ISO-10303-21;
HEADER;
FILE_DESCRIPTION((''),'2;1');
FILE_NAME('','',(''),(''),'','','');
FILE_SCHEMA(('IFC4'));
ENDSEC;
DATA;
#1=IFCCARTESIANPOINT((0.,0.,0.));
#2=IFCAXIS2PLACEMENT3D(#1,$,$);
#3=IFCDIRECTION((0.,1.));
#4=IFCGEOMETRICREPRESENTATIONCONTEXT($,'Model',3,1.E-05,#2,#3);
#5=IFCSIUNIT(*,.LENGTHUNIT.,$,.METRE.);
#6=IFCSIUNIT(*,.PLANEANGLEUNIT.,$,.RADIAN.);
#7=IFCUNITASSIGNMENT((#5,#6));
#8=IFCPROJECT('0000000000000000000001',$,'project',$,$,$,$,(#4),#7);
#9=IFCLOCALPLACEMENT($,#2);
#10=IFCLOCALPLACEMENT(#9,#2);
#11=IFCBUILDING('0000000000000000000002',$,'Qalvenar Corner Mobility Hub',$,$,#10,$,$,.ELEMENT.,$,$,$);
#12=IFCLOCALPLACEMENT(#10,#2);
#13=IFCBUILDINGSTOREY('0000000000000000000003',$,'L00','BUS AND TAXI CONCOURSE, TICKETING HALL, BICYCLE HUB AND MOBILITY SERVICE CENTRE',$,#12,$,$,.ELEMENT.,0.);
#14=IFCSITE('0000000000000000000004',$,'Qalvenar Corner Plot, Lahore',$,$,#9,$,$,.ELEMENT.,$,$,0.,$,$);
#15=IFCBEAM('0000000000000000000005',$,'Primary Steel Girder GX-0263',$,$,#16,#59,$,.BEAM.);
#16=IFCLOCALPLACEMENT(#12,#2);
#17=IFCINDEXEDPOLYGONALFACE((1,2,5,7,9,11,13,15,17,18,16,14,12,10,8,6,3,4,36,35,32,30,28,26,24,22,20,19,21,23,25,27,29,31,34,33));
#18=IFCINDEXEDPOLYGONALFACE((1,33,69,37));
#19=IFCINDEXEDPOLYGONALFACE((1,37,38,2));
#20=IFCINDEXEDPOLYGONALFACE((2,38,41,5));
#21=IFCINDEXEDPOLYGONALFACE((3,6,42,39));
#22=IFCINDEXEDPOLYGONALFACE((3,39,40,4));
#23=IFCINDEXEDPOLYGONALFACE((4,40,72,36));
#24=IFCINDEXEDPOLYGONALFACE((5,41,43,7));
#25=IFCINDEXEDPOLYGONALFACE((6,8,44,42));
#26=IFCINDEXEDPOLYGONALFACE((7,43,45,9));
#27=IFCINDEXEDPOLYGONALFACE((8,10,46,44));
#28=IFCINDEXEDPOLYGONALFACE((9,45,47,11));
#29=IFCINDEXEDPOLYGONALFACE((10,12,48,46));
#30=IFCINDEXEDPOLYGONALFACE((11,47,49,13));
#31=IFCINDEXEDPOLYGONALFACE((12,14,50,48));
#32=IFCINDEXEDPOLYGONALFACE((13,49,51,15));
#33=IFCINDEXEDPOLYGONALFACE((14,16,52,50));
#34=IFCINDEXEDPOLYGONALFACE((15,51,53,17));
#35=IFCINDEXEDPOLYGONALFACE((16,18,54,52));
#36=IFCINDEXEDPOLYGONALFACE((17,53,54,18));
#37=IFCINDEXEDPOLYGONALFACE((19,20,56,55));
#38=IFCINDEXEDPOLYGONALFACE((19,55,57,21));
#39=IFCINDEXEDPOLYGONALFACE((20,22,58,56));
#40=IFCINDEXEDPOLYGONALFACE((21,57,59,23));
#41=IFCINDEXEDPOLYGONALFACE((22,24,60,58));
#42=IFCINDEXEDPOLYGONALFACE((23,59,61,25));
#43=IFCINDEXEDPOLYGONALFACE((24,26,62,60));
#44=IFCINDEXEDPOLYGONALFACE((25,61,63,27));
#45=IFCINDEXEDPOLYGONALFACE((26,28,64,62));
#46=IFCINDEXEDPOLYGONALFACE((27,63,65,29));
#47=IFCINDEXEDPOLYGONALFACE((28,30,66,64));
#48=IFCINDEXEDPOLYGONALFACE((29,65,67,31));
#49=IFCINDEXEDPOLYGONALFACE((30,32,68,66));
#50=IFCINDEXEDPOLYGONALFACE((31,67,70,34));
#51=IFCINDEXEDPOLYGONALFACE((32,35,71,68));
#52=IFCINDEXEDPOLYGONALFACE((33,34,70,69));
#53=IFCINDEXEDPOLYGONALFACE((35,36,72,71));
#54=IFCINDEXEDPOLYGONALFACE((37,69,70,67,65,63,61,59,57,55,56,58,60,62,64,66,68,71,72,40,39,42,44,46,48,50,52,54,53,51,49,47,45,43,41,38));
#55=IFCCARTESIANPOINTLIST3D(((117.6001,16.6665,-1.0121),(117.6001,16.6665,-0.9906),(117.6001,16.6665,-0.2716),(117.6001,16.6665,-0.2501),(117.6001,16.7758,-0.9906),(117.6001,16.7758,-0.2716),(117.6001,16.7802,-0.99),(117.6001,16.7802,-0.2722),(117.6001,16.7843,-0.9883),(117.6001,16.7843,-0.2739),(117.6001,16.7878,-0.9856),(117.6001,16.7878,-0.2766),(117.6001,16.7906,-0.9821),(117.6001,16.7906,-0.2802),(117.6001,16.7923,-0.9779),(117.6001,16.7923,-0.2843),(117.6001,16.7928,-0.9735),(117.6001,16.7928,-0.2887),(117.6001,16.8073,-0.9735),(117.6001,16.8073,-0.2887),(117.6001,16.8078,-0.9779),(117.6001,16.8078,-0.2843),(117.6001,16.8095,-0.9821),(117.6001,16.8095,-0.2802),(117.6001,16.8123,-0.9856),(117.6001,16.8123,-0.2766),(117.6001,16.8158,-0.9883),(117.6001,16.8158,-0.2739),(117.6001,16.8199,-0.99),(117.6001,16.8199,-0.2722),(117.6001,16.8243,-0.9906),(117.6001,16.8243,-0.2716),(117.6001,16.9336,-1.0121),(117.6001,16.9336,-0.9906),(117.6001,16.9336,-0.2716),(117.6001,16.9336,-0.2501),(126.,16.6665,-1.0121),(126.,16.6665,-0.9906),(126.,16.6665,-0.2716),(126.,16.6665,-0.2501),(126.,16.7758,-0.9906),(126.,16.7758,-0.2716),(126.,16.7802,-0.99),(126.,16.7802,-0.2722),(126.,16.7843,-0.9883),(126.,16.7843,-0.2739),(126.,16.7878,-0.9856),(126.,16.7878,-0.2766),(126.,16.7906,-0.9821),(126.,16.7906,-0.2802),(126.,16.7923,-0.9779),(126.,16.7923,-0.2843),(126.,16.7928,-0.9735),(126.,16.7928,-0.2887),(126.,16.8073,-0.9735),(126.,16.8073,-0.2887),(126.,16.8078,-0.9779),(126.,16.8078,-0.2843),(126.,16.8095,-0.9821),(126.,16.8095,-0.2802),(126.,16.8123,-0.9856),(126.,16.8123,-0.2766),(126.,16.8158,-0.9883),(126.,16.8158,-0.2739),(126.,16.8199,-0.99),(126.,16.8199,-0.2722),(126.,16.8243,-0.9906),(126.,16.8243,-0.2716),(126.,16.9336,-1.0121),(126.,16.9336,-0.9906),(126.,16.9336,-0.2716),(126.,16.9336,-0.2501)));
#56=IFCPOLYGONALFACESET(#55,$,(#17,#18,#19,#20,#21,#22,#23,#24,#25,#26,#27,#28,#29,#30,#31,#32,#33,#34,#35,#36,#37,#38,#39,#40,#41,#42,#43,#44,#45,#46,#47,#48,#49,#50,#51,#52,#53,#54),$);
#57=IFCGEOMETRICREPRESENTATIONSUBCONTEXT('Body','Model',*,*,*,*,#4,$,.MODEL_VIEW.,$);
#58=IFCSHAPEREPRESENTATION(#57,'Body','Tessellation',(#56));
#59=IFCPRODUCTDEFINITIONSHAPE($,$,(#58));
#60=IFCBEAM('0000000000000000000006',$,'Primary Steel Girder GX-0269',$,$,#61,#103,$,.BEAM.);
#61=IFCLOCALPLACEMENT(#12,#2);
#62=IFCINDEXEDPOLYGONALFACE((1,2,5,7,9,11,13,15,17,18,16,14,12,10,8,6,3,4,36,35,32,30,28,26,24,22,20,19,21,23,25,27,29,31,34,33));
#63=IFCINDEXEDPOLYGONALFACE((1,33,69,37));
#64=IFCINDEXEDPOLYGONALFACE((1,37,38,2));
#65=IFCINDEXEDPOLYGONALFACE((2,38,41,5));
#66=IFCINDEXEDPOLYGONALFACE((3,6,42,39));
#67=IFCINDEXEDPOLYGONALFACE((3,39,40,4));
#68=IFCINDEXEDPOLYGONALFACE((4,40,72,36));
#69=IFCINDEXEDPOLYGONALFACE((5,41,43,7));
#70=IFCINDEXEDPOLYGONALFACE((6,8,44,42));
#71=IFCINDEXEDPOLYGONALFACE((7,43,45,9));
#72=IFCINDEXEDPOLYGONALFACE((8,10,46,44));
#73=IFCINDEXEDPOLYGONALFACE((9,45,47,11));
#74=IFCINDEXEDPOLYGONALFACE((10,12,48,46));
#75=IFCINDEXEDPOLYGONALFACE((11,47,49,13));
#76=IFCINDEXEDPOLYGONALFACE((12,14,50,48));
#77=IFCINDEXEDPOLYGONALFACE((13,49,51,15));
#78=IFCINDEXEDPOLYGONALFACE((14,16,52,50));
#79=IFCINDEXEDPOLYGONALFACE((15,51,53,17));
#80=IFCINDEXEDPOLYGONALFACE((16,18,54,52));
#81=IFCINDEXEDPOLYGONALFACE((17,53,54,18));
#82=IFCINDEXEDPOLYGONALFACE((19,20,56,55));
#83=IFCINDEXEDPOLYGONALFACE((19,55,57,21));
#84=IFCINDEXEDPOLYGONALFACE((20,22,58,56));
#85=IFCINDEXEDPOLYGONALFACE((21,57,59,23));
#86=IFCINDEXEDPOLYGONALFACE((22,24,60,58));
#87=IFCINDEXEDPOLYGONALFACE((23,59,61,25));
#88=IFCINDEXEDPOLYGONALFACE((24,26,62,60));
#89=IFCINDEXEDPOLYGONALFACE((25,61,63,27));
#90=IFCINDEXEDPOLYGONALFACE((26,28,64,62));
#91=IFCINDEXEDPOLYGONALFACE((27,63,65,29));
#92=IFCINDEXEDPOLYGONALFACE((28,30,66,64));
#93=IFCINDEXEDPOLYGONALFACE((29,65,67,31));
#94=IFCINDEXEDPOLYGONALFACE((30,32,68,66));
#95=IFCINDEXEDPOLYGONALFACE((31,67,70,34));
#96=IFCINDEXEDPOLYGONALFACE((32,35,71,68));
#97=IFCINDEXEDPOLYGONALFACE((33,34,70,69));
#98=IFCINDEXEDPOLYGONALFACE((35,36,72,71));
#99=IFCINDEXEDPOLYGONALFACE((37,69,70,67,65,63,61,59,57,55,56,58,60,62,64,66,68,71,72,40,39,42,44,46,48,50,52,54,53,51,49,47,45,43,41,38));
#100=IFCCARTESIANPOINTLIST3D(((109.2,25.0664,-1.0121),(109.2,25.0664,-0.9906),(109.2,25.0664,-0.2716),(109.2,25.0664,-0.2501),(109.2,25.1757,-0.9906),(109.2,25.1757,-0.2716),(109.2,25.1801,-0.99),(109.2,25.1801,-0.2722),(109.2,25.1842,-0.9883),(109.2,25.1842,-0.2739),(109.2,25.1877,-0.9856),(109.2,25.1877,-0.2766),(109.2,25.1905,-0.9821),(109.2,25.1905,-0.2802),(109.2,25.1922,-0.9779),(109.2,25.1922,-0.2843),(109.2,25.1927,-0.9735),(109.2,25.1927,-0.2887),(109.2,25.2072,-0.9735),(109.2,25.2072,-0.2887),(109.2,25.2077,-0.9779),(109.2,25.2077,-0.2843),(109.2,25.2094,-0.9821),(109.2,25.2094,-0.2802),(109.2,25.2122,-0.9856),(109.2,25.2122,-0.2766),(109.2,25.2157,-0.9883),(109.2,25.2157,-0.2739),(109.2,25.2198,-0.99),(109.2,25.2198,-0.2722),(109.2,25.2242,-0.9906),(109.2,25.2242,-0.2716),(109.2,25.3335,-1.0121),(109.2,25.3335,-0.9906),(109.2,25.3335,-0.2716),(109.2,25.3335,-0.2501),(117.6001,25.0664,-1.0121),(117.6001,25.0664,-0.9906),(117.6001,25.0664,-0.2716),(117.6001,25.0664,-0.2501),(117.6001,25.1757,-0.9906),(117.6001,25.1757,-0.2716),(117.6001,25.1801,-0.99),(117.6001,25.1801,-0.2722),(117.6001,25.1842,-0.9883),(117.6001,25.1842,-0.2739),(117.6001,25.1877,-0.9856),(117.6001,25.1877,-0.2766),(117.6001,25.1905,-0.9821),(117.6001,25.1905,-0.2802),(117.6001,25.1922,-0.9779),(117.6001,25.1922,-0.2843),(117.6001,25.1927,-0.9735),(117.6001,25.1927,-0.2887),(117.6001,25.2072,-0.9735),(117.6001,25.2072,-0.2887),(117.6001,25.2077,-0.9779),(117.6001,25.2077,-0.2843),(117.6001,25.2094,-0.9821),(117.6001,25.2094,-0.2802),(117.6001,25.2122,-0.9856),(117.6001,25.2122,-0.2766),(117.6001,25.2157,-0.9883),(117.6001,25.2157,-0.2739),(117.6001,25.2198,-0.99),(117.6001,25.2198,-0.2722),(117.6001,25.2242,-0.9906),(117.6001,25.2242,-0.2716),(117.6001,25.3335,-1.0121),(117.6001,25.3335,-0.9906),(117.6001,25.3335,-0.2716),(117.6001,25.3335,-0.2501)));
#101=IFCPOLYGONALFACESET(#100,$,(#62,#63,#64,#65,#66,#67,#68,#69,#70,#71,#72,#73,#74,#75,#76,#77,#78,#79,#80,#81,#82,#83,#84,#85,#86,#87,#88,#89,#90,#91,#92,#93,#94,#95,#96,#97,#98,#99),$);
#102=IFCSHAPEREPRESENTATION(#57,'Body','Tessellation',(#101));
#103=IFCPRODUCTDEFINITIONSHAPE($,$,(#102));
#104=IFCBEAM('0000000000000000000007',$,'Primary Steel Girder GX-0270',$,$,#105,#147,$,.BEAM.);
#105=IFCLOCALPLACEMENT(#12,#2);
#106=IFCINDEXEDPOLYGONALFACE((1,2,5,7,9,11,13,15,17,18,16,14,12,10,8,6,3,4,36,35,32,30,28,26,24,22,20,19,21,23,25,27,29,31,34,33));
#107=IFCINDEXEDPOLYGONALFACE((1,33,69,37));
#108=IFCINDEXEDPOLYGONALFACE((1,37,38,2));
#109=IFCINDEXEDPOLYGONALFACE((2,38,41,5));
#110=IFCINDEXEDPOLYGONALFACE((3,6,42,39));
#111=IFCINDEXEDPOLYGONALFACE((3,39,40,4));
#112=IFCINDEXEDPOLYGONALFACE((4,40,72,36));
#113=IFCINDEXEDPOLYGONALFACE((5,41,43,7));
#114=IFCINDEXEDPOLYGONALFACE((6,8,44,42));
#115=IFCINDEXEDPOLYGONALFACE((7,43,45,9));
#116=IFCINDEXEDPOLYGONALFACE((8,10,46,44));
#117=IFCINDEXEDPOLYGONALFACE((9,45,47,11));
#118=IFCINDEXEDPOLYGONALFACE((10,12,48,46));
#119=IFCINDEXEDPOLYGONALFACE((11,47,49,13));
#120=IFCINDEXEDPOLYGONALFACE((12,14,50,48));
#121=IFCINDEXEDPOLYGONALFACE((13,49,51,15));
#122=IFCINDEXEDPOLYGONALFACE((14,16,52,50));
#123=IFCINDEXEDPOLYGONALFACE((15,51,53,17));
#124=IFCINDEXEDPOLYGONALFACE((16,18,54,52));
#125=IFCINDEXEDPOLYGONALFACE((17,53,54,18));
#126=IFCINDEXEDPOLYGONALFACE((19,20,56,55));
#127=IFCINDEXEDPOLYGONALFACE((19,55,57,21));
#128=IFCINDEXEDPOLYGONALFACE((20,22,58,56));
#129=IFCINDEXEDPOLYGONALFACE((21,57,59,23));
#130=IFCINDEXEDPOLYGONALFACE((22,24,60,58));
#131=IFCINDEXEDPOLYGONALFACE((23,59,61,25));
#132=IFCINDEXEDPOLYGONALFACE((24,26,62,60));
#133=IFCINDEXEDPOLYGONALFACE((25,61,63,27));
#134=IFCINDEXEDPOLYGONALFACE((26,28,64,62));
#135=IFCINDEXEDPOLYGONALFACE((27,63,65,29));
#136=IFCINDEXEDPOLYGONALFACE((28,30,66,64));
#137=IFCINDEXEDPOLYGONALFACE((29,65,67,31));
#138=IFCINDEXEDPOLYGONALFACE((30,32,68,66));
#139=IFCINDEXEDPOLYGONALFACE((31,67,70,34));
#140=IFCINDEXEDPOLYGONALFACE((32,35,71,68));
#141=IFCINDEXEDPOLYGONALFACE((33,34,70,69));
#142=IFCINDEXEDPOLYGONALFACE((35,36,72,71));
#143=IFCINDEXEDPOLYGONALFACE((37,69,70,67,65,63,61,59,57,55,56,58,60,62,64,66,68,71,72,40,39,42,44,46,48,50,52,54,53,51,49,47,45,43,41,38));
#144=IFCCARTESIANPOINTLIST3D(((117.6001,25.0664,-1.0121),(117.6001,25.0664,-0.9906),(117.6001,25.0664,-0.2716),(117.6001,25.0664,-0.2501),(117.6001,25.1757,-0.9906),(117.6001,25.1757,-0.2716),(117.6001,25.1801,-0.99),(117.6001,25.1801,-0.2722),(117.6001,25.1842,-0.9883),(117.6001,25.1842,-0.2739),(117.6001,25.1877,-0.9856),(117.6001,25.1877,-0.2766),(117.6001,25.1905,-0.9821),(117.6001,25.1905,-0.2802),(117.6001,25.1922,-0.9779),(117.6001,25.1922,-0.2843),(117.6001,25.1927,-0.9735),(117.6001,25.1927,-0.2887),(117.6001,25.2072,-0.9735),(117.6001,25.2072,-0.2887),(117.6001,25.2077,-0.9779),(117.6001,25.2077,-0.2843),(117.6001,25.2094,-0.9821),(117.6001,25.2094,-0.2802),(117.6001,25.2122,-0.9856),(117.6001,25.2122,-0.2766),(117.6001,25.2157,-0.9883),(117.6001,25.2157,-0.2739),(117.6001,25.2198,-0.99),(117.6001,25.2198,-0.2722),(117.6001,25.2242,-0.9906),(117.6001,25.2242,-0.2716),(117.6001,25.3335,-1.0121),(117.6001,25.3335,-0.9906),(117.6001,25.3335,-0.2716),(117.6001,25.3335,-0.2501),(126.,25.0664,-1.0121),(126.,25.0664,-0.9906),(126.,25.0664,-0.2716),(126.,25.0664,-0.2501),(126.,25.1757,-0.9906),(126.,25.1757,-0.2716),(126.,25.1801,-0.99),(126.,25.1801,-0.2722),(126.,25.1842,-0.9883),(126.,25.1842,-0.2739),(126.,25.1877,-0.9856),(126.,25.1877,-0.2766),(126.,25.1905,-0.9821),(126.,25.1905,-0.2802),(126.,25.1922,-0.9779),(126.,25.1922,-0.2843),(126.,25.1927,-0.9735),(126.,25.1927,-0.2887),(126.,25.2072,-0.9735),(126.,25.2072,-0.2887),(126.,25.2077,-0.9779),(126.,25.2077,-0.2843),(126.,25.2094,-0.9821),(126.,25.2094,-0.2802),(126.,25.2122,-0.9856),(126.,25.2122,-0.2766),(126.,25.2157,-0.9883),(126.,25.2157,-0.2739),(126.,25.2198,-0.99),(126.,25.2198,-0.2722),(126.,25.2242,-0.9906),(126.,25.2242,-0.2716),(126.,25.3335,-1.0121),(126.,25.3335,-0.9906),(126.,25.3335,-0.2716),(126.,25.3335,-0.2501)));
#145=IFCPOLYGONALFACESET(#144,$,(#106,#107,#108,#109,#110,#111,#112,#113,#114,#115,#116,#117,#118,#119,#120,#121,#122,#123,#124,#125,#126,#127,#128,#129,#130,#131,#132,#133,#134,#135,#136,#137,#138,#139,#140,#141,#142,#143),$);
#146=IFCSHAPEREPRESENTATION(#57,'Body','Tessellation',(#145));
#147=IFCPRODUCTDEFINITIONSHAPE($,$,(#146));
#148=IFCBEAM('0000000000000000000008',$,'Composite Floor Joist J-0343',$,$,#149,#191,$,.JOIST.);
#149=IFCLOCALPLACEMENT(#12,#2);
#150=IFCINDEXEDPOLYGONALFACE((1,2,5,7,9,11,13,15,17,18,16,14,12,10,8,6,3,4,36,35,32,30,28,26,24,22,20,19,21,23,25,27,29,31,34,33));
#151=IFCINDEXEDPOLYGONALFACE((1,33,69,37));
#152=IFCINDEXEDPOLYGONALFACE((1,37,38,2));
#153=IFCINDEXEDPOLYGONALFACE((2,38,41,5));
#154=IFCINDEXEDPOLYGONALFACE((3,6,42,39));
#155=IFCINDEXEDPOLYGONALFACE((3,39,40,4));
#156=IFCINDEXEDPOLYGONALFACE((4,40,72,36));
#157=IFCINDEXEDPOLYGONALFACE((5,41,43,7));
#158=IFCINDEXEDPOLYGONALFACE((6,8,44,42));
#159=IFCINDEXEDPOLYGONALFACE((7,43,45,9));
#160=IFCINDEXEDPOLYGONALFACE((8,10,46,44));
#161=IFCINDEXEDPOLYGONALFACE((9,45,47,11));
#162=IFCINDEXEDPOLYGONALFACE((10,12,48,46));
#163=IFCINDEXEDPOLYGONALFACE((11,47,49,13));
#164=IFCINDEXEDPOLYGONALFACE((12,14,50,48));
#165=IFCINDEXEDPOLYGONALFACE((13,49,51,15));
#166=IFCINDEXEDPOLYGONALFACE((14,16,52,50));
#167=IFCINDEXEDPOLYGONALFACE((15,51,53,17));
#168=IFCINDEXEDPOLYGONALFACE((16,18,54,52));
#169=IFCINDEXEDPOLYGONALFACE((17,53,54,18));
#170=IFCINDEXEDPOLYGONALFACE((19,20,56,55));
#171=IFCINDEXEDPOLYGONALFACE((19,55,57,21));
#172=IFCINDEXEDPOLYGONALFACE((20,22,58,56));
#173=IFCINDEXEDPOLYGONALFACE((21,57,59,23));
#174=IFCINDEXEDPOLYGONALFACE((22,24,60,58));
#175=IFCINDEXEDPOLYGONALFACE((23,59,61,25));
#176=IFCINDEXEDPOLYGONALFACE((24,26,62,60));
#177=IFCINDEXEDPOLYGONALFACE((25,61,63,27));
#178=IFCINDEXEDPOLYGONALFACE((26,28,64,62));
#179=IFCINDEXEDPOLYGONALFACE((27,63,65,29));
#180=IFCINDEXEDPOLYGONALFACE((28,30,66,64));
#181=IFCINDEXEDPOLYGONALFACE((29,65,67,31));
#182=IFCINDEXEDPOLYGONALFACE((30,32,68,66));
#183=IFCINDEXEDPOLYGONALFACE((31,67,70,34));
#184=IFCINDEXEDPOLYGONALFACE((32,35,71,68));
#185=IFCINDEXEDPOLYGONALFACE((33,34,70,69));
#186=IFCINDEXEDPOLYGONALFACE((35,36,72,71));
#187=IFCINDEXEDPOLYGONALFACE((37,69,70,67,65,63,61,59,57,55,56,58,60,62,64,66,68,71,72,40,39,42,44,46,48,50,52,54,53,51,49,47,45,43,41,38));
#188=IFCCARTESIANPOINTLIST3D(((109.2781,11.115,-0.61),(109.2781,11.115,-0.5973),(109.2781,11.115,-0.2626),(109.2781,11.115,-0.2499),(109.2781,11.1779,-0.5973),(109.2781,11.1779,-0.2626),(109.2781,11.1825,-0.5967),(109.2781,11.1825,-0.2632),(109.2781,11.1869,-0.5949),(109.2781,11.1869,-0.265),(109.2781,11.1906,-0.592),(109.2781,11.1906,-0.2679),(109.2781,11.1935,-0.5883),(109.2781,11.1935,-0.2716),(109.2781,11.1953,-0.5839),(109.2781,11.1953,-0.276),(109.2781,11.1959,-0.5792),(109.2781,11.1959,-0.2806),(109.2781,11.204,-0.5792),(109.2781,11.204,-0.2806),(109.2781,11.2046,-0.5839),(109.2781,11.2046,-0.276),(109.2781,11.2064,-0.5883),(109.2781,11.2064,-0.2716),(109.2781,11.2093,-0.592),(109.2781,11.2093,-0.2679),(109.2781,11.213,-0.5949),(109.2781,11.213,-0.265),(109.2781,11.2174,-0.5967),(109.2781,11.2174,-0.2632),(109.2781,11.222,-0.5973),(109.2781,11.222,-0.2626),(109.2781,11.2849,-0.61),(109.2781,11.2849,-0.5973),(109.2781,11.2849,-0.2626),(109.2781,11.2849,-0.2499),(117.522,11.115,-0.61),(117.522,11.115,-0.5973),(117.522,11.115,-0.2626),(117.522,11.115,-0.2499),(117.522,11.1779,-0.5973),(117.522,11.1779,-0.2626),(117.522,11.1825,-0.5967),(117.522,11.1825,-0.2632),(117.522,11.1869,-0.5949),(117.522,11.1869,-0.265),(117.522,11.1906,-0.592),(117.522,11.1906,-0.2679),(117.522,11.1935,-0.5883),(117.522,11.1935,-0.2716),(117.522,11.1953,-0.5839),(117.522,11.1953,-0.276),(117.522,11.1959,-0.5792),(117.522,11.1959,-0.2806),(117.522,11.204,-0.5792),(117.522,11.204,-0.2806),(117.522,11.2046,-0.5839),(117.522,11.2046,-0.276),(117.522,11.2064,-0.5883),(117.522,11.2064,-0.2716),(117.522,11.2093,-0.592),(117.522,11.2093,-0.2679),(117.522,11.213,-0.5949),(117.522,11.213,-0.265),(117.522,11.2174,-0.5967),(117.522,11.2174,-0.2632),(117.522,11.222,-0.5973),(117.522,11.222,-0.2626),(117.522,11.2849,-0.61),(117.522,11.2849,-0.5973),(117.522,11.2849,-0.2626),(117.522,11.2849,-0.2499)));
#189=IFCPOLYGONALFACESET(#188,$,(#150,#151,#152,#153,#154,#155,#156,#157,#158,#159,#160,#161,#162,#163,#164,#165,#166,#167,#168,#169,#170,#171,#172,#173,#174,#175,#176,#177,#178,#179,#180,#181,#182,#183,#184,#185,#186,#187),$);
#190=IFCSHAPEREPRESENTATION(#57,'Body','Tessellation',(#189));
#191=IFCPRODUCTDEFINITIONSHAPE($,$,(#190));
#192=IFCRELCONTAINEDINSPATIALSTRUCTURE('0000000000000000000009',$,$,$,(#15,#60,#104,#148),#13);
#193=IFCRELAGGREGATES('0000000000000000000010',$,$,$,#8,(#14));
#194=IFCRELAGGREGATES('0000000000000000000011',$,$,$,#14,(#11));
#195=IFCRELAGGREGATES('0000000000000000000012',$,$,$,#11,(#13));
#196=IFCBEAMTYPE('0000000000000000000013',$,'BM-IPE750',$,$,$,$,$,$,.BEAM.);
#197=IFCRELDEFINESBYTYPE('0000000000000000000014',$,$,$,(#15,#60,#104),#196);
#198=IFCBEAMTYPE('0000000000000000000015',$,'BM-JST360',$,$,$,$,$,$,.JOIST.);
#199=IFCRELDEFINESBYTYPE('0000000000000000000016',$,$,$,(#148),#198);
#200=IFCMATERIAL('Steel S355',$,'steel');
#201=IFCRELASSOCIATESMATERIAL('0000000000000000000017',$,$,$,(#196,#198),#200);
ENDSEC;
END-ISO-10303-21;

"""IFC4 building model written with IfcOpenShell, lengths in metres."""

from ifc_helpers import new_model, si_unit, direction, frame, origin, origin_2d, place, context, subcontext, project, spatial, i_section, extrude, material, material_profile, profile_set, type_object, element, save


model = new_model("IFC4")

# Units and contexts
model_context = context("Model", 3, precision=1e-05, world=origin(), true_north=direction((0.0, 1.0)))
body_context = subcontext(model_context, "Body", "Model", "MODEL_VIEW")
ifc_project = project(units=[si_unit("LENGTHUNIT", "METRE"), si_unit("PLANEANGLEUNIT", "RADIAN")], contexts=[model_context])

# Site, building, storey
site_placement = place(None, origin())
site = spatial("IfcSite", under=ifc_project, at=site_placement, Name="Qalvenar Corner Plot, Lahore", CompositionType="ELEMENT", RefElevation=0.0)
building_placement = place(site_placement, origin())
building = spatial("IfcBuilding", under=site, at=building_placement, Name="Qalvenar Corner Mobility Hub", CompositionType="ELEMENT")
storey_placement = place(building_placement, origin())
storey = spatial("IfcBuildingStorey", under=building, at=storey_placement, Name="L00", Description="BUS AND TAXI CONCOURSE, TICKETING HALL, BICYCLE HUB AND MOBILITY SERVICE CENTRE", CompositionType="ELEMENT", Elevation=0.0)

# Shared definitions
ifc_material_1 = material(Name="Steel S355", Category="steel")

# Beams
ifc_material_profile_1 = material_profile(ifc_material_1, i_section(OverallWidth=0.2671, OverallDepth=0.762, WebThickness=0.0144, FlangeThickness=0.0215, FilletRadius=0.0171, at=origin_2d()), Name="IPE750x173")
ifc_profile_set_1 = profile_set([ifc_material_profile_1], Name="Steel S355")
beam_type_1 = type_object("IfcBeamType", Name="BM-IPE750", PredefinedType="BEAM", material=ifc_profile_set_1)
for number, where, z_axis, x_axis, name in (
    (1, (117.6001, 16.8, -0.6311), (1.0, 0.0, 0.0), (0.0, 1.0, 0.0), "Primary Steel Girder GX-0263"),
):
    element("IfcBeam", number, at=place(storey_placement, frame(where, z_axis=z_axis, x_axis=x_axis)), inside=storey, type_object=beam_type_1, Name=name, PredefinedType="BEAM", context=body_context, shape_type="SweptSolid", body=[
        extrude(i_section(OverallWidth=0.2671, OverallDepth=0.762, WebThickness=0.0144, FlangeThickness=0.0215, FilletRadius=0.0171, at=origin_2d()), origin(), (0.0, 0.0, 1.0), 8.3999),
    ])
beam_1_placement = place(storey_placement, frame((109.2, 25.2, -0.6311), z_axis=(1.0, 0.0, 0.0), x_axis=(0.0, 1.0, 0.0)))
element("IfcBeam", 2, at=beam_1_placement, inside=storey, type_object=beam_type_1, Name="Primary Steel Girder GX-0269", PredefinedType="BEAM", context=body_context, shape_type="SweptSolid", body=[
    extrude(i_section(OverallWidth=0.2671, OverallDepth=0.762, WebThickness=0.0144, FlangeThickness=0.0215, FilletRadius=0.0171, at=origin_2d()), origin(), (0.0, 0.0, 1.0), 8.4001),
])
beam_2_placement = place(storey_placement, frame((117.6001, 25.2, -0.6311), z_axis=(1.0, 0.0, 0.0), x_axis=(0.0, 1.0, 0.0)))
element("IfcBeam", 3, at=beam_2_placement, inside=storey, type_object=beam_type_1, Name="Primary Steel Girder GX-0270", PredefinedType="BEAM", context=body_context, shape_type="SweptSolid", body=[
    extrude(i_section(OverallWidth=0.2671, OverallDepth=0.762, WebThickness=0.0144, FlangeThickness=0.0215, FilletRadius=0.0171, at=origin_2d()), origin(), (0.0, 0.0, 1.0), 8.3999),
])
ifc_material_profile_2 = material_profile(ifc_material_1, i_section(OverallWidth=0.1699, OverallDepth=0.3601, WebThickness=0.0081, FlangeThickness=0.0127, FilletRadius=0.0181, at=origin_2d()), Name="IPE360")
ifc_profile_set_2 = profile_set([ifc_material_profile_2], Name="Steel S355")
beam_type_2 = type_object("IfcBeamType", Name="BM-JST360", PredefinedType="JOIST", material=ifc_profile_set_2)
for number, where, z_axis, x_axis, name in (
    (4, (109.2781, 11.2, -0.4299), (1.0, 0.0, 0.0), (0.0, 1.0, 0.0), "Composite Floor Joist J-0343"),
):
    element("IfcBeam", number, at=place(storey_placement, frame(where, z_axis=z_axis, x_axis=x_axis)), inside=storey, type_object=beam_type_2, Name=name, PredefinedType="JOIST", context=body_context, shape_type="SweptSolid", body=[
        extrude(i_section(OverallWidth=0.1699, OverallDepth=0.3601, WebThickness=0.0081, FlangeThickness=0.0127, FilletRadius=0.0181, at=origin_2d()), origin(), (0.0, 0.0, 1.0), 8.2439),
    ])

save(model, "model.ifc")
